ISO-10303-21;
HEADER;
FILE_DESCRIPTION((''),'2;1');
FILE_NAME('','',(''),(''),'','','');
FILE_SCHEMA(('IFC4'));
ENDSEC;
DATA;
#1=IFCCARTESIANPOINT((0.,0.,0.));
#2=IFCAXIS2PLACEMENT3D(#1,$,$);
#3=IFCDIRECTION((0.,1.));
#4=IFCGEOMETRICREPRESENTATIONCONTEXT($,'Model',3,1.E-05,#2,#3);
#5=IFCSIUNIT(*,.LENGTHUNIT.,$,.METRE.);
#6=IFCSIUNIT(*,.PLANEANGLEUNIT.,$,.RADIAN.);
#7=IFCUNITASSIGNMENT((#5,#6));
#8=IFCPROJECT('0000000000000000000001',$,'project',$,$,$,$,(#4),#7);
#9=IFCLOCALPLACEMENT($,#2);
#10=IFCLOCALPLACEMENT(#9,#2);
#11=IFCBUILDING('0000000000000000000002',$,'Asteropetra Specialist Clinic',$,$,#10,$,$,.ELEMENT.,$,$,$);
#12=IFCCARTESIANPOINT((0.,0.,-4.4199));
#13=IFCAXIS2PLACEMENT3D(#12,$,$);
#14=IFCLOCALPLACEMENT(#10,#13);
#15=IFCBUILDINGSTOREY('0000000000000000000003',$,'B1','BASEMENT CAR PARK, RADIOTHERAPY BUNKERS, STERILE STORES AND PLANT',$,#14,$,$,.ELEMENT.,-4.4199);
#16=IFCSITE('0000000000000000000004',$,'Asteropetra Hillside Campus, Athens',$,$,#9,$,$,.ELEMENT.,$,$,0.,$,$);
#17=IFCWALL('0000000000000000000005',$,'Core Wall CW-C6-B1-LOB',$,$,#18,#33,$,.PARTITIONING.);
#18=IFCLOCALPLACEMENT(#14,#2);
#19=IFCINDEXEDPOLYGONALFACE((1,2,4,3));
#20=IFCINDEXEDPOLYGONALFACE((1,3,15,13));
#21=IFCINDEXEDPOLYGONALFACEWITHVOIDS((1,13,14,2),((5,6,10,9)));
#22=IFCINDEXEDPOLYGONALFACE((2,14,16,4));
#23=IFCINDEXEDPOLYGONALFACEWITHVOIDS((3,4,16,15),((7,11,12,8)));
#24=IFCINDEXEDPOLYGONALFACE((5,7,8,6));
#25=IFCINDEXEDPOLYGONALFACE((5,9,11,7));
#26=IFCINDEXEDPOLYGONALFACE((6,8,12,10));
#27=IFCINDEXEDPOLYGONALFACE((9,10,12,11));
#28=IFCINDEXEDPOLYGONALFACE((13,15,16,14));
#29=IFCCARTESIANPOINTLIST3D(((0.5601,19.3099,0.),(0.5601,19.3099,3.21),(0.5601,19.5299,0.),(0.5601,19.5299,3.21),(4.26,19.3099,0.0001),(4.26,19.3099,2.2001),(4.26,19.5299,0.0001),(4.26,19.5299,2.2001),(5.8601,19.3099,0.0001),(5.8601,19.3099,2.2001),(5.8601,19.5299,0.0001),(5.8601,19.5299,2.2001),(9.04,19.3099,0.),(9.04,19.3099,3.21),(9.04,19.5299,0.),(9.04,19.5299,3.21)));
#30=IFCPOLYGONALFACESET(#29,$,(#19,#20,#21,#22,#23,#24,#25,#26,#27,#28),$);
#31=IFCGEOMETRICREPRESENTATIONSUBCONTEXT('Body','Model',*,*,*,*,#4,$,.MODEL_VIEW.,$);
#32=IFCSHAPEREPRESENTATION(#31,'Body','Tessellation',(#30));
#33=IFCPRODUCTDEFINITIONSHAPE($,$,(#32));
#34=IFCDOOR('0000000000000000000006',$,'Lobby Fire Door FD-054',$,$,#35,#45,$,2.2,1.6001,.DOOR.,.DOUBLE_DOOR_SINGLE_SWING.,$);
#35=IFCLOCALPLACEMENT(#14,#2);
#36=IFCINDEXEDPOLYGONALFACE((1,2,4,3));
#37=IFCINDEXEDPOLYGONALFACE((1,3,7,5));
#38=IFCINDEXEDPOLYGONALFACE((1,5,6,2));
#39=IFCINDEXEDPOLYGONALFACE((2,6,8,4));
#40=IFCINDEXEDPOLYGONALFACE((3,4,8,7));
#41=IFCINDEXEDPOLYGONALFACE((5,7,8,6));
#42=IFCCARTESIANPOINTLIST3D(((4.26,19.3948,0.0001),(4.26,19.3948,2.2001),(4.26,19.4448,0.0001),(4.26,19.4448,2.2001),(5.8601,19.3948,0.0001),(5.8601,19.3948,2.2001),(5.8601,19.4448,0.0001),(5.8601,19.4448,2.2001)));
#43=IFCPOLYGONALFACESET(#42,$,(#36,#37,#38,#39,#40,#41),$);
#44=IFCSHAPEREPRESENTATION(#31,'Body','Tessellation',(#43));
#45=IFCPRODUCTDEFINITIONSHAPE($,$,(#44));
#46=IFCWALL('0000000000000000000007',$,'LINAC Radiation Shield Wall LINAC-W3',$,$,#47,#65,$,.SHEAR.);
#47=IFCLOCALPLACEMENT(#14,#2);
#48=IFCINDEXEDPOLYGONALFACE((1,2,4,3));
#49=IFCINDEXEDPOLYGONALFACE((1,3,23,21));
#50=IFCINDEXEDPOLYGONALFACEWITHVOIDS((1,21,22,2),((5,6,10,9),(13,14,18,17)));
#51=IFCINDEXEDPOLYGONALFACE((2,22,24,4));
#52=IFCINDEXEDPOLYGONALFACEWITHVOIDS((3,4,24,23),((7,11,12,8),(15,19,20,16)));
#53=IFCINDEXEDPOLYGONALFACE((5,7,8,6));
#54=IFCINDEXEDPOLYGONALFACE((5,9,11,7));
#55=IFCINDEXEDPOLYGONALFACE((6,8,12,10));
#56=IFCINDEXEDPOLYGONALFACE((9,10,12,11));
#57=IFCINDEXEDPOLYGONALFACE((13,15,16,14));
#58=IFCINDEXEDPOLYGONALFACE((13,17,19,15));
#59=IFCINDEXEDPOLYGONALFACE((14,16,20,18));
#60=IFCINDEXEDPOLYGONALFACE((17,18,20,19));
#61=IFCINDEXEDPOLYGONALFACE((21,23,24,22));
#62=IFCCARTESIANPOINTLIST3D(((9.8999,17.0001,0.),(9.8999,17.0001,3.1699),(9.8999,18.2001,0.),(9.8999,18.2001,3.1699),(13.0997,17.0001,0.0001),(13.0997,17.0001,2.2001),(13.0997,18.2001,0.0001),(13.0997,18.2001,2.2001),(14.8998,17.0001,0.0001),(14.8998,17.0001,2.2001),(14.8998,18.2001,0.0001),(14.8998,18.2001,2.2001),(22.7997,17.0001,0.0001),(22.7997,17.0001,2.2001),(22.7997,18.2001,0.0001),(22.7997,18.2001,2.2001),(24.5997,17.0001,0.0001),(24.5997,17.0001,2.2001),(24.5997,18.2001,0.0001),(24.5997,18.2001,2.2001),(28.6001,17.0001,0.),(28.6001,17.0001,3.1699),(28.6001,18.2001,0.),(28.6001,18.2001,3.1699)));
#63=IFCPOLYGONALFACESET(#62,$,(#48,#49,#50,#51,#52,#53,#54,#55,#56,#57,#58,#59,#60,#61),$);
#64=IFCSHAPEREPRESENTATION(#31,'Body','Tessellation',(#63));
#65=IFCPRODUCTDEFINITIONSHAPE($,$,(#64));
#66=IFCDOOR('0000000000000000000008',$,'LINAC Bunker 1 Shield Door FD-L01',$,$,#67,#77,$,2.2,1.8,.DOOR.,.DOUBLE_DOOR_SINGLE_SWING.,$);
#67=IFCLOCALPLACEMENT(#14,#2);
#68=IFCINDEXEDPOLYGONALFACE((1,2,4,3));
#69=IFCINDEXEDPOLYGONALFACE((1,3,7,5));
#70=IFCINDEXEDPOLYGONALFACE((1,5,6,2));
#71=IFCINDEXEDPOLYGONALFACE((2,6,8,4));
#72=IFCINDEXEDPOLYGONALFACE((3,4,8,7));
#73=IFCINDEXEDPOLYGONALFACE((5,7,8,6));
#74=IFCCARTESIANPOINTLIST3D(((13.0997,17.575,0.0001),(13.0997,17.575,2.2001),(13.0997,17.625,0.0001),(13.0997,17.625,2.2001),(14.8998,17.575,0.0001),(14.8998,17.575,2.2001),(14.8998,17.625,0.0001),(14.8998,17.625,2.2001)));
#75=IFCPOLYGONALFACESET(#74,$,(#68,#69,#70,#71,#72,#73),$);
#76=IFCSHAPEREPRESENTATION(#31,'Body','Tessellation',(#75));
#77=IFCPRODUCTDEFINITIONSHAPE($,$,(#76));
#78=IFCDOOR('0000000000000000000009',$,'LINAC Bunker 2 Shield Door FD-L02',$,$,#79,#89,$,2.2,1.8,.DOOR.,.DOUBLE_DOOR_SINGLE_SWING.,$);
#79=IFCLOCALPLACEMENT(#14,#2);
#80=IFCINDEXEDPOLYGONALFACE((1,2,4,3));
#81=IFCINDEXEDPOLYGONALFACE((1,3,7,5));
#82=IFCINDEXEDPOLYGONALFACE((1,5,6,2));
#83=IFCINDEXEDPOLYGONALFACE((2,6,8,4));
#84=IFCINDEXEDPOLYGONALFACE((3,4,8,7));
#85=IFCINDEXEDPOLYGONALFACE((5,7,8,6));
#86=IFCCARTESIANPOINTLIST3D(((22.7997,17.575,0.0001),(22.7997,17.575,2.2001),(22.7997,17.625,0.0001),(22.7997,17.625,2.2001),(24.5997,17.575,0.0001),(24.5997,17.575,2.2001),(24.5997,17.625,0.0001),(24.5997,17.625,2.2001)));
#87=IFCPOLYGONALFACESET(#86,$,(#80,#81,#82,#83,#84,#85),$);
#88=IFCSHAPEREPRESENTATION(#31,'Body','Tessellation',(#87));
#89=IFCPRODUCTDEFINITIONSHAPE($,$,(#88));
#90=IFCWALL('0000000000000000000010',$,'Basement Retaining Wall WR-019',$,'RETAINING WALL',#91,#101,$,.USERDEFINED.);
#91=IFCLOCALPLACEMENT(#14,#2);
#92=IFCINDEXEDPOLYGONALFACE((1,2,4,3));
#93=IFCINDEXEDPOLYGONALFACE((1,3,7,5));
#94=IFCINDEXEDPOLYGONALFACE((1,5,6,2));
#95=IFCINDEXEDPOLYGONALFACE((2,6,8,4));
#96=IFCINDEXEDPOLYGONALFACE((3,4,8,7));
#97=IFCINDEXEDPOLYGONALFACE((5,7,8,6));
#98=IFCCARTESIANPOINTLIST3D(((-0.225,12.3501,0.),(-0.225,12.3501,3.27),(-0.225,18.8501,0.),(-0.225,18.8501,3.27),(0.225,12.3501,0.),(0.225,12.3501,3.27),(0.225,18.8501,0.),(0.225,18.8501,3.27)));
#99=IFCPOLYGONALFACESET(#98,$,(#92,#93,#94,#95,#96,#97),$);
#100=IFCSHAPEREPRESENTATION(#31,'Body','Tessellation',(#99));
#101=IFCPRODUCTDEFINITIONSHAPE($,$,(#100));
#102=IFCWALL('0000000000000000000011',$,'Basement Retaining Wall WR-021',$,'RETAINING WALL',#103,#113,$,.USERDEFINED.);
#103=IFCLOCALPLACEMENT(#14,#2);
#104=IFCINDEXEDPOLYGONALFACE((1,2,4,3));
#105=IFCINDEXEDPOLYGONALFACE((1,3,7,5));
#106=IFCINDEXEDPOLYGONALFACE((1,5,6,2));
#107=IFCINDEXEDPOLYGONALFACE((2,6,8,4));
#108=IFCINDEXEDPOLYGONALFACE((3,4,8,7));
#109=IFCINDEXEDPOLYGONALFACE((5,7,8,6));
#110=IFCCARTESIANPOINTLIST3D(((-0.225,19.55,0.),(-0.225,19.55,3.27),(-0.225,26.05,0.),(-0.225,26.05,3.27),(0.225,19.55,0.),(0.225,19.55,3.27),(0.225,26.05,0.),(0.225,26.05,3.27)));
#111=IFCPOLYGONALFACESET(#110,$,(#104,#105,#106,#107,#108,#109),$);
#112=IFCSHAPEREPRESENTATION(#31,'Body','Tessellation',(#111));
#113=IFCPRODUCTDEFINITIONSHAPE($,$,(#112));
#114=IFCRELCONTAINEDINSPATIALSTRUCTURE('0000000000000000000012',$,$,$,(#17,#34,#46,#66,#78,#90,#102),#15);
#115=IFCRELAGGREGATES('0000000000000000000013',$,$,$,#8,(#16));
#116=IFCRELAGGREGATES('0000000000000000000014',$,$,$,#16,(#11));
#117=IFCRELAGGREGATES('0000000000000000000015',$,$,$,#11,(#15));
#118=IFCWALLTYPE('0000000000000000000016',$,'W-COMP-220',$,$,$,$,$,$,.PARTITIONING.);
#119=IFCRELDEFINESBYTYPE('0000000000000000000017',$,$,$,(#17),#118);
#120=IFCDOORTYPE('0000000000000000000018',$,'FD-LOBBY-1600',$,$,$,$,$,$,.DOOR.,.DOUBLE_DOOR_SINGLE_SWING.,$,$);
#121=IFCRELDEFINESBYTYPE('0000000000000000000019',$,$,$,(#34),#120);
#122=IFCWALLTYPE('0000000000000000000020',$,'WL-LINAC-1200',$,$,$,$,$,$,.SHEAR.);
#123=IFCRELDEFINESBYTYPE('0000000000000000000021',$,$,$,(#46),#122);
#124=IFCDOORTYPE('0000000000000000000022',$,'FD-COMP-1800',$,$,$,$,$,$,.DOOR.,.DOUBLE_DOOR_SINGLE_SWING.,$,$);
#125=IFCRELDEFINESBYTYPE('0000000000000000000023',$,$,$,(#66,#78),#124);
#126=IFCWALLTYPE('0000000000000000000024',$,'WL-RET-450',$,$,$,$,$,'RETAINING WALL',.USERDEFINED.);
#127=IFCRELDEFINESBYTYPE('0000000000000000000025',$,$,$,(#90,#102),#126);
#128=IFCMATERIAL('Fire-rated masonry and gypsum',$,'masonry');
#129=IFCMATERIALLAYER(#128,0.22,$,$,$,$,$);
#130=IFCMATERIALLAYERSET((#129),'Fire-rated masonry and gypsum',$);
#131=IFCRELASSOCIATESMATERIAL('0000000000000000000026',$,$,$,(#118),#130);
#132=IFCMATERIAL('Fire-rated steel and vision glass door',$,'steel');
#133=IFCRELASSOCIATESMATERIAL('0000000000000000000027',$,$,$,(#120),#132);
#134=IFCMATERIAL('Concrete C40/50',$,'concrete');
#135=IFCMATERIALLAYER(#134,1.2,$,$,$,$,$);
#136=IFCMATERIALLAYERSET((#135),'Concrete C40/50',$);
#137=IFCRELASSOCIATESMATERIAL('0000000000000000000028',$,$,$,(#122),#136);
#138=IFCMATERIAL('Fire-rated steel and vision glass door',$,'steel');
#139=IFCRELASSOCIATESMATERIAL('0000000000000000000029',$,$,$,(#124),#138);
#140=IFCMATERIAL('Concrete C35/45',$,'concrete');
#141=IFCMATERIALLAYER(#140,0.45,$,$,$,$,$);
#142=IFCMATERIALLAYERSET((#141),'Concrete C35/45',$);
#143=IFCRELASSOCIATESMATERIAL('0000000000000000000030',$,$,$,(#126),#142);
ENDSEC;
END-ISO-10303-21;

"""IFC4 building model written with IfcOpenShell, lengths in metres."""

from ifc_helpers import new_model, si_unit, direction, frame, frame_2d, origin, place, context, subcontext, project, spatial, rectangle, extrude, material, layer, layer_set, type_object, element, fill, save


model = new_model("IFC4")

# Units and contexts
model_context = context("Model", 3, precision=1e-05, world=origin(), true_north=direction((0.0, 1.0)))
body_context = subcontext(model_context, "Body", "Model", "MODEL_VIEW")
ifc_project = project(units=[si_unit("LENGTHUNIT", "METRE"), si_unit("PLANEANGLEUNIT", "RADIAN")], contexts=[model_context])

# Site, building, storey
site_placement = place(None, origin())
site = spatial("IfcSite", under=ifc_project, at=site_placement, Name="Asteropetra Hillside Campus, Athens", CompositionType="ELEMENT", RefElevation=0.0)
building_placement = place(site_placement, origin())
building = spatial("IfcBuilding", under=site, at=building_placement, Name="Asteropetra Specialist Clinic", CompositionType="ELEMENT")
storey_placement = place(building_placement, frame((0.0, 0.0, -4.4199)))
storey = spatial("IfcBuildingStorey", under=building, at=storey_placement, Name="B1", Description="BASEMENT CAR PARK, RADIOTHERAPY BUNKERS, STERILE STORES AND PLANT", CompositionType="ELEMENT", Elevation=-4.4199)

# Wall, opening, door
ifc_material_1 = material(Name="Fire-rated masonry and gypsum", Category="masonry")
ifc_layer_1 = layer(ifc_material_1, 0.22)
ifc_layer_set_1 = layer_set([ifc_layer_1], Name="Fire-rated masonry and gypsum")
wall_type_1 = type_object("IfcWallType", Name="W-COMP-220", PredefinedType="PARTITIONING", material=ifc_layer_set_1)
wall_1_placement = place(storey_placement, frame((0.5601, 19.4199, 0.0), z_axis=(0.0, 0.0, 1.0), x_axis=(1.0, 0.0, 0.0)))
wall_1 = element("IfcWall", 1, at=wall_1_placement, inside=storey, type_object=wall_type_1, Name="Core Wall CW-C6-B1-LOB", PredefinedType="PARTITIONING", context=body_context, shape_type="SweptSolid", body=[
    extrude(rectangle(XDim=8.48, YDim=0.22, at=frame_2d((4.24, 0.0))), origin(), (0.0, 0.0, 1.0), 3.21),
])
opening_1_placement = place(wall_1_placement, frame((3.7, 0.0, 0.0)))
opening_1 = element("IfcOpeningElement", 2, at=opening_1_placement, cuts=wall_1, PredefinedType="OPENING", context=body_context, shape_type="SweptSolid", body=[
    extrude(rectangle(XDim=1.6001, YDim=2.2, at=frame_2d((0.8, 1.1001))), frame((0.0, 0.1199, 0.0), z_axis=(0.0, -1.0, 0.0), x_axis=(1.0, 0.0, 0.0)), (0.0, 0.0, 1.0), 0.24),
])
ifc_material_2 = material(Name="Fire-rated steel and vision glass door", Category="steel")
door_type_1 = type_object("IfcDoorType", Name="FD-LOBBY-1600", OperationType="DOUBLE_DOOR_SINGLE_SWING", PredefinedType="DOOR", material=ifc_material_2)
door_1_placement = place(opening_1_placement, origin())
door_1 = element("IfcDoor", 3, at=door_1_placement, inside=storey, type_object=door_type_1, Name="Lobby Fire Door FD-054", OperationType="DOUBLE_DOOR_SINGLE_SWING", OverallHeight=2.2, OverallWidth=1.6001, PredefinedType="DOOR", context=body_context, shape_type="SweptSolid", body=[
    extrude(rectangle(XDim=1.6001, YDim=2.2, at=frame_2d((0.8, 1.1001))), frame((0.0, 0.0249, 0.0), z_axis=(0.0, -1.0, 0.0), x_axis=(1.0, 0.0, 0.0)), (0.0, 0.0, 1.0), 0.05),
])
fill(opening_1, door_1)

# Wall, openings, doors
ifc_material_3 = material(Name="Concrete C40/50", Category="concrete")
ifc_layer_2 = layer(ifc_material_3, 1.2)
ifc_layer_set_2 = layer_set([ifc_layer_2], Name="Concrete C40/50")
wall_type_2 = type_object("IfcWallType", Name="WL-LINAC-1200", PredefinedType="SHEAR", material=ifc_layer_set_2)
wall_2_placement = place(storey_placement, frame((9.8999, 17.6001, 0.0), z_axis=(0.0, 0.0, 1.0), x_axis=(1.0, 0.0, 0.0)))
wall_2 = element("IfcWall", 4, at=wall_2_placement, inside=storey, type_object=wall_type_2, Name="LINAC Radiation Shield Wall LINAC-W3", PredefinedType="SHEAR", context=body_context, shape_type="SweptSolid", body=[
    extrude(rectangle(XDim=18.7002, YDim=1.2, at=frame_2d((9.3501, 0.0))), origin(), (0.0, 0.0, 1.0), 3.1699),
])
opening_2_placement = place(wall_2_placement, frame((3.2, 0.0, 0.0)))
opening_2 = element("IfcOpeningElement", 5, at=opening_2_placement, cuts=wall_2, PredefinedType="OPENING", context=body_context, shape_type="SweptSolid", body=[
    extrude(rectangle(XDim=1.8, YDim=2.2, at=frame_2d((0.8999, 1.1001))), frame((0.0, 0.6099, 0.0), z_axis=(0.0, -1.0, 0.0), x_axis=(1.0, 0.0, 0.0)), (0.0, 0.0, 1.0), 1.22),
])
opening_3_placement = place(wall_2_placement, frame((12.8999, 0.0, 0.0)))
opening_3 = element("IfcOpeningElement", 6, at=opening_3_placement, cuts=wall_2, PredefinedType="OPENING", context=body_context, shape_type="SweptSolid", body=[
    extrude(rectangle(XDim=1.8, YDim=2.2, at=frame_2d((0.8999, 1.1001))), frame((0.0, 0.6099, 0.0), z_axis=(0.0, -1.0, 0.0), x_axis=(1.0, 0.0, 0.0)), (0.0, 0.0, 1.0), 1.22),
])
ifc_material_4 = material(Name="Fire-rated steel and vision glass door", Category="steel")
door_type_2 = type_object("IfcDoorType", Name="FD-COMP-1800", OperationType="DOUBLE_DOOR_SINGLE_SWING", PredefinedType="DOOR", material=ifc_material_4)
door_2_placement = place(opening_2_placement, origin())
door_2 = element("IfcDoor", 7, at=door_2_placement, inside=storey, type_object=door_type_2, Name="LINAC Bunker 1 Shield Door FD-L01", OperationType="DOUBLE_DOOR_SINGLE_SWING", OverallHeight=2.2, OverallWidth=1.8, PredefinedType="DOOR", context=body_context, shape_type="SweptSolid", body=[
    extrude(rectangle(XDim=1.8, YDim=2.2, at=frame_2d((0.8999, 1.1001))), frame((0.0, 0.0249, 0.0), z_axis=(0.0, -1.0, 0.0), x_axis=(1.0, 0.0, 0.0)), (0.0, 0.0, 1.0), 0.05),
])
fill(opening_2, door_2)
door_3_placement = place(opening_3_placement, origin())
door_3 = element("IfcDoor", 8, at=door_3_placement, inside=storey, type_object=door_type_2, Name="LINAC Bunker 2 Shield Door FD-L02", OperationType="DOUBLE_DOOR_SINGLE_SWING", OverallHeight=2.2, OverallWidth=1.8, PredefinedType="DOOR", context=body_context, shape_type="SweptSolid", body=[
    extrude(rectangle(XDim=1.8, YDim=2.2, at=frame_2d((0.8999, 1.1001))), frame((0.0, 0.0249, 0.0), z_axis=(0.0, -1.0, 0.0), x_axis=(1.0, 0.0, 0.0)), (0.0, 0.0, 1.0), 0.05),
])
fill(opening_3, door_3)

# Walls
ifc_material_5 = material(Name="Concrete C35/45", Category="concrete")
ifc_layer_3 = layer(ifc_material_5, 0.45)
ifc_layer_set_3 = layer_set([ifc_layer_3], Name="Concrete C35/45")
wall_type_3 = type_object("IfcWallType", Name="WL-RET-450", ElementType="RETAINING WALL", PredefinedType="USERDEFINED", material=ifc_layer_set_3)
for number, where, z_axis, x_axis, name in (
    (9, (0.0, 12.3501, 0.0), (0.0, 0.0, 1.0), (0.0, 1.0, 0.0), "Basement Retaining Wall WR-019"),
    (10, (0.0, 19.55, 0.0), (0.0, 0.0, 1.0), (0.0, 1.0, 0.0), "Basement Retaining Wall WR-021"),
):
    element("IfcWall", number, at=place(storey_placement, frame(where, z_axis=z_axis, x_axis=x_axis)), inside=storey, type_object=wall_type_3, Name=name, ObjectType="RETAINING WALL", PredefinedType="USERDEFINED", context=body_context, shape_type="SweptSolid", body=[
        extrude(rectangle(XDim=6.5, YDim=0.45, at=frame_2d((3.25, 0.0))), origin(), (0.0, 0.0, 1.0), 3.27),
    ])

save(model, "model.ifc")
